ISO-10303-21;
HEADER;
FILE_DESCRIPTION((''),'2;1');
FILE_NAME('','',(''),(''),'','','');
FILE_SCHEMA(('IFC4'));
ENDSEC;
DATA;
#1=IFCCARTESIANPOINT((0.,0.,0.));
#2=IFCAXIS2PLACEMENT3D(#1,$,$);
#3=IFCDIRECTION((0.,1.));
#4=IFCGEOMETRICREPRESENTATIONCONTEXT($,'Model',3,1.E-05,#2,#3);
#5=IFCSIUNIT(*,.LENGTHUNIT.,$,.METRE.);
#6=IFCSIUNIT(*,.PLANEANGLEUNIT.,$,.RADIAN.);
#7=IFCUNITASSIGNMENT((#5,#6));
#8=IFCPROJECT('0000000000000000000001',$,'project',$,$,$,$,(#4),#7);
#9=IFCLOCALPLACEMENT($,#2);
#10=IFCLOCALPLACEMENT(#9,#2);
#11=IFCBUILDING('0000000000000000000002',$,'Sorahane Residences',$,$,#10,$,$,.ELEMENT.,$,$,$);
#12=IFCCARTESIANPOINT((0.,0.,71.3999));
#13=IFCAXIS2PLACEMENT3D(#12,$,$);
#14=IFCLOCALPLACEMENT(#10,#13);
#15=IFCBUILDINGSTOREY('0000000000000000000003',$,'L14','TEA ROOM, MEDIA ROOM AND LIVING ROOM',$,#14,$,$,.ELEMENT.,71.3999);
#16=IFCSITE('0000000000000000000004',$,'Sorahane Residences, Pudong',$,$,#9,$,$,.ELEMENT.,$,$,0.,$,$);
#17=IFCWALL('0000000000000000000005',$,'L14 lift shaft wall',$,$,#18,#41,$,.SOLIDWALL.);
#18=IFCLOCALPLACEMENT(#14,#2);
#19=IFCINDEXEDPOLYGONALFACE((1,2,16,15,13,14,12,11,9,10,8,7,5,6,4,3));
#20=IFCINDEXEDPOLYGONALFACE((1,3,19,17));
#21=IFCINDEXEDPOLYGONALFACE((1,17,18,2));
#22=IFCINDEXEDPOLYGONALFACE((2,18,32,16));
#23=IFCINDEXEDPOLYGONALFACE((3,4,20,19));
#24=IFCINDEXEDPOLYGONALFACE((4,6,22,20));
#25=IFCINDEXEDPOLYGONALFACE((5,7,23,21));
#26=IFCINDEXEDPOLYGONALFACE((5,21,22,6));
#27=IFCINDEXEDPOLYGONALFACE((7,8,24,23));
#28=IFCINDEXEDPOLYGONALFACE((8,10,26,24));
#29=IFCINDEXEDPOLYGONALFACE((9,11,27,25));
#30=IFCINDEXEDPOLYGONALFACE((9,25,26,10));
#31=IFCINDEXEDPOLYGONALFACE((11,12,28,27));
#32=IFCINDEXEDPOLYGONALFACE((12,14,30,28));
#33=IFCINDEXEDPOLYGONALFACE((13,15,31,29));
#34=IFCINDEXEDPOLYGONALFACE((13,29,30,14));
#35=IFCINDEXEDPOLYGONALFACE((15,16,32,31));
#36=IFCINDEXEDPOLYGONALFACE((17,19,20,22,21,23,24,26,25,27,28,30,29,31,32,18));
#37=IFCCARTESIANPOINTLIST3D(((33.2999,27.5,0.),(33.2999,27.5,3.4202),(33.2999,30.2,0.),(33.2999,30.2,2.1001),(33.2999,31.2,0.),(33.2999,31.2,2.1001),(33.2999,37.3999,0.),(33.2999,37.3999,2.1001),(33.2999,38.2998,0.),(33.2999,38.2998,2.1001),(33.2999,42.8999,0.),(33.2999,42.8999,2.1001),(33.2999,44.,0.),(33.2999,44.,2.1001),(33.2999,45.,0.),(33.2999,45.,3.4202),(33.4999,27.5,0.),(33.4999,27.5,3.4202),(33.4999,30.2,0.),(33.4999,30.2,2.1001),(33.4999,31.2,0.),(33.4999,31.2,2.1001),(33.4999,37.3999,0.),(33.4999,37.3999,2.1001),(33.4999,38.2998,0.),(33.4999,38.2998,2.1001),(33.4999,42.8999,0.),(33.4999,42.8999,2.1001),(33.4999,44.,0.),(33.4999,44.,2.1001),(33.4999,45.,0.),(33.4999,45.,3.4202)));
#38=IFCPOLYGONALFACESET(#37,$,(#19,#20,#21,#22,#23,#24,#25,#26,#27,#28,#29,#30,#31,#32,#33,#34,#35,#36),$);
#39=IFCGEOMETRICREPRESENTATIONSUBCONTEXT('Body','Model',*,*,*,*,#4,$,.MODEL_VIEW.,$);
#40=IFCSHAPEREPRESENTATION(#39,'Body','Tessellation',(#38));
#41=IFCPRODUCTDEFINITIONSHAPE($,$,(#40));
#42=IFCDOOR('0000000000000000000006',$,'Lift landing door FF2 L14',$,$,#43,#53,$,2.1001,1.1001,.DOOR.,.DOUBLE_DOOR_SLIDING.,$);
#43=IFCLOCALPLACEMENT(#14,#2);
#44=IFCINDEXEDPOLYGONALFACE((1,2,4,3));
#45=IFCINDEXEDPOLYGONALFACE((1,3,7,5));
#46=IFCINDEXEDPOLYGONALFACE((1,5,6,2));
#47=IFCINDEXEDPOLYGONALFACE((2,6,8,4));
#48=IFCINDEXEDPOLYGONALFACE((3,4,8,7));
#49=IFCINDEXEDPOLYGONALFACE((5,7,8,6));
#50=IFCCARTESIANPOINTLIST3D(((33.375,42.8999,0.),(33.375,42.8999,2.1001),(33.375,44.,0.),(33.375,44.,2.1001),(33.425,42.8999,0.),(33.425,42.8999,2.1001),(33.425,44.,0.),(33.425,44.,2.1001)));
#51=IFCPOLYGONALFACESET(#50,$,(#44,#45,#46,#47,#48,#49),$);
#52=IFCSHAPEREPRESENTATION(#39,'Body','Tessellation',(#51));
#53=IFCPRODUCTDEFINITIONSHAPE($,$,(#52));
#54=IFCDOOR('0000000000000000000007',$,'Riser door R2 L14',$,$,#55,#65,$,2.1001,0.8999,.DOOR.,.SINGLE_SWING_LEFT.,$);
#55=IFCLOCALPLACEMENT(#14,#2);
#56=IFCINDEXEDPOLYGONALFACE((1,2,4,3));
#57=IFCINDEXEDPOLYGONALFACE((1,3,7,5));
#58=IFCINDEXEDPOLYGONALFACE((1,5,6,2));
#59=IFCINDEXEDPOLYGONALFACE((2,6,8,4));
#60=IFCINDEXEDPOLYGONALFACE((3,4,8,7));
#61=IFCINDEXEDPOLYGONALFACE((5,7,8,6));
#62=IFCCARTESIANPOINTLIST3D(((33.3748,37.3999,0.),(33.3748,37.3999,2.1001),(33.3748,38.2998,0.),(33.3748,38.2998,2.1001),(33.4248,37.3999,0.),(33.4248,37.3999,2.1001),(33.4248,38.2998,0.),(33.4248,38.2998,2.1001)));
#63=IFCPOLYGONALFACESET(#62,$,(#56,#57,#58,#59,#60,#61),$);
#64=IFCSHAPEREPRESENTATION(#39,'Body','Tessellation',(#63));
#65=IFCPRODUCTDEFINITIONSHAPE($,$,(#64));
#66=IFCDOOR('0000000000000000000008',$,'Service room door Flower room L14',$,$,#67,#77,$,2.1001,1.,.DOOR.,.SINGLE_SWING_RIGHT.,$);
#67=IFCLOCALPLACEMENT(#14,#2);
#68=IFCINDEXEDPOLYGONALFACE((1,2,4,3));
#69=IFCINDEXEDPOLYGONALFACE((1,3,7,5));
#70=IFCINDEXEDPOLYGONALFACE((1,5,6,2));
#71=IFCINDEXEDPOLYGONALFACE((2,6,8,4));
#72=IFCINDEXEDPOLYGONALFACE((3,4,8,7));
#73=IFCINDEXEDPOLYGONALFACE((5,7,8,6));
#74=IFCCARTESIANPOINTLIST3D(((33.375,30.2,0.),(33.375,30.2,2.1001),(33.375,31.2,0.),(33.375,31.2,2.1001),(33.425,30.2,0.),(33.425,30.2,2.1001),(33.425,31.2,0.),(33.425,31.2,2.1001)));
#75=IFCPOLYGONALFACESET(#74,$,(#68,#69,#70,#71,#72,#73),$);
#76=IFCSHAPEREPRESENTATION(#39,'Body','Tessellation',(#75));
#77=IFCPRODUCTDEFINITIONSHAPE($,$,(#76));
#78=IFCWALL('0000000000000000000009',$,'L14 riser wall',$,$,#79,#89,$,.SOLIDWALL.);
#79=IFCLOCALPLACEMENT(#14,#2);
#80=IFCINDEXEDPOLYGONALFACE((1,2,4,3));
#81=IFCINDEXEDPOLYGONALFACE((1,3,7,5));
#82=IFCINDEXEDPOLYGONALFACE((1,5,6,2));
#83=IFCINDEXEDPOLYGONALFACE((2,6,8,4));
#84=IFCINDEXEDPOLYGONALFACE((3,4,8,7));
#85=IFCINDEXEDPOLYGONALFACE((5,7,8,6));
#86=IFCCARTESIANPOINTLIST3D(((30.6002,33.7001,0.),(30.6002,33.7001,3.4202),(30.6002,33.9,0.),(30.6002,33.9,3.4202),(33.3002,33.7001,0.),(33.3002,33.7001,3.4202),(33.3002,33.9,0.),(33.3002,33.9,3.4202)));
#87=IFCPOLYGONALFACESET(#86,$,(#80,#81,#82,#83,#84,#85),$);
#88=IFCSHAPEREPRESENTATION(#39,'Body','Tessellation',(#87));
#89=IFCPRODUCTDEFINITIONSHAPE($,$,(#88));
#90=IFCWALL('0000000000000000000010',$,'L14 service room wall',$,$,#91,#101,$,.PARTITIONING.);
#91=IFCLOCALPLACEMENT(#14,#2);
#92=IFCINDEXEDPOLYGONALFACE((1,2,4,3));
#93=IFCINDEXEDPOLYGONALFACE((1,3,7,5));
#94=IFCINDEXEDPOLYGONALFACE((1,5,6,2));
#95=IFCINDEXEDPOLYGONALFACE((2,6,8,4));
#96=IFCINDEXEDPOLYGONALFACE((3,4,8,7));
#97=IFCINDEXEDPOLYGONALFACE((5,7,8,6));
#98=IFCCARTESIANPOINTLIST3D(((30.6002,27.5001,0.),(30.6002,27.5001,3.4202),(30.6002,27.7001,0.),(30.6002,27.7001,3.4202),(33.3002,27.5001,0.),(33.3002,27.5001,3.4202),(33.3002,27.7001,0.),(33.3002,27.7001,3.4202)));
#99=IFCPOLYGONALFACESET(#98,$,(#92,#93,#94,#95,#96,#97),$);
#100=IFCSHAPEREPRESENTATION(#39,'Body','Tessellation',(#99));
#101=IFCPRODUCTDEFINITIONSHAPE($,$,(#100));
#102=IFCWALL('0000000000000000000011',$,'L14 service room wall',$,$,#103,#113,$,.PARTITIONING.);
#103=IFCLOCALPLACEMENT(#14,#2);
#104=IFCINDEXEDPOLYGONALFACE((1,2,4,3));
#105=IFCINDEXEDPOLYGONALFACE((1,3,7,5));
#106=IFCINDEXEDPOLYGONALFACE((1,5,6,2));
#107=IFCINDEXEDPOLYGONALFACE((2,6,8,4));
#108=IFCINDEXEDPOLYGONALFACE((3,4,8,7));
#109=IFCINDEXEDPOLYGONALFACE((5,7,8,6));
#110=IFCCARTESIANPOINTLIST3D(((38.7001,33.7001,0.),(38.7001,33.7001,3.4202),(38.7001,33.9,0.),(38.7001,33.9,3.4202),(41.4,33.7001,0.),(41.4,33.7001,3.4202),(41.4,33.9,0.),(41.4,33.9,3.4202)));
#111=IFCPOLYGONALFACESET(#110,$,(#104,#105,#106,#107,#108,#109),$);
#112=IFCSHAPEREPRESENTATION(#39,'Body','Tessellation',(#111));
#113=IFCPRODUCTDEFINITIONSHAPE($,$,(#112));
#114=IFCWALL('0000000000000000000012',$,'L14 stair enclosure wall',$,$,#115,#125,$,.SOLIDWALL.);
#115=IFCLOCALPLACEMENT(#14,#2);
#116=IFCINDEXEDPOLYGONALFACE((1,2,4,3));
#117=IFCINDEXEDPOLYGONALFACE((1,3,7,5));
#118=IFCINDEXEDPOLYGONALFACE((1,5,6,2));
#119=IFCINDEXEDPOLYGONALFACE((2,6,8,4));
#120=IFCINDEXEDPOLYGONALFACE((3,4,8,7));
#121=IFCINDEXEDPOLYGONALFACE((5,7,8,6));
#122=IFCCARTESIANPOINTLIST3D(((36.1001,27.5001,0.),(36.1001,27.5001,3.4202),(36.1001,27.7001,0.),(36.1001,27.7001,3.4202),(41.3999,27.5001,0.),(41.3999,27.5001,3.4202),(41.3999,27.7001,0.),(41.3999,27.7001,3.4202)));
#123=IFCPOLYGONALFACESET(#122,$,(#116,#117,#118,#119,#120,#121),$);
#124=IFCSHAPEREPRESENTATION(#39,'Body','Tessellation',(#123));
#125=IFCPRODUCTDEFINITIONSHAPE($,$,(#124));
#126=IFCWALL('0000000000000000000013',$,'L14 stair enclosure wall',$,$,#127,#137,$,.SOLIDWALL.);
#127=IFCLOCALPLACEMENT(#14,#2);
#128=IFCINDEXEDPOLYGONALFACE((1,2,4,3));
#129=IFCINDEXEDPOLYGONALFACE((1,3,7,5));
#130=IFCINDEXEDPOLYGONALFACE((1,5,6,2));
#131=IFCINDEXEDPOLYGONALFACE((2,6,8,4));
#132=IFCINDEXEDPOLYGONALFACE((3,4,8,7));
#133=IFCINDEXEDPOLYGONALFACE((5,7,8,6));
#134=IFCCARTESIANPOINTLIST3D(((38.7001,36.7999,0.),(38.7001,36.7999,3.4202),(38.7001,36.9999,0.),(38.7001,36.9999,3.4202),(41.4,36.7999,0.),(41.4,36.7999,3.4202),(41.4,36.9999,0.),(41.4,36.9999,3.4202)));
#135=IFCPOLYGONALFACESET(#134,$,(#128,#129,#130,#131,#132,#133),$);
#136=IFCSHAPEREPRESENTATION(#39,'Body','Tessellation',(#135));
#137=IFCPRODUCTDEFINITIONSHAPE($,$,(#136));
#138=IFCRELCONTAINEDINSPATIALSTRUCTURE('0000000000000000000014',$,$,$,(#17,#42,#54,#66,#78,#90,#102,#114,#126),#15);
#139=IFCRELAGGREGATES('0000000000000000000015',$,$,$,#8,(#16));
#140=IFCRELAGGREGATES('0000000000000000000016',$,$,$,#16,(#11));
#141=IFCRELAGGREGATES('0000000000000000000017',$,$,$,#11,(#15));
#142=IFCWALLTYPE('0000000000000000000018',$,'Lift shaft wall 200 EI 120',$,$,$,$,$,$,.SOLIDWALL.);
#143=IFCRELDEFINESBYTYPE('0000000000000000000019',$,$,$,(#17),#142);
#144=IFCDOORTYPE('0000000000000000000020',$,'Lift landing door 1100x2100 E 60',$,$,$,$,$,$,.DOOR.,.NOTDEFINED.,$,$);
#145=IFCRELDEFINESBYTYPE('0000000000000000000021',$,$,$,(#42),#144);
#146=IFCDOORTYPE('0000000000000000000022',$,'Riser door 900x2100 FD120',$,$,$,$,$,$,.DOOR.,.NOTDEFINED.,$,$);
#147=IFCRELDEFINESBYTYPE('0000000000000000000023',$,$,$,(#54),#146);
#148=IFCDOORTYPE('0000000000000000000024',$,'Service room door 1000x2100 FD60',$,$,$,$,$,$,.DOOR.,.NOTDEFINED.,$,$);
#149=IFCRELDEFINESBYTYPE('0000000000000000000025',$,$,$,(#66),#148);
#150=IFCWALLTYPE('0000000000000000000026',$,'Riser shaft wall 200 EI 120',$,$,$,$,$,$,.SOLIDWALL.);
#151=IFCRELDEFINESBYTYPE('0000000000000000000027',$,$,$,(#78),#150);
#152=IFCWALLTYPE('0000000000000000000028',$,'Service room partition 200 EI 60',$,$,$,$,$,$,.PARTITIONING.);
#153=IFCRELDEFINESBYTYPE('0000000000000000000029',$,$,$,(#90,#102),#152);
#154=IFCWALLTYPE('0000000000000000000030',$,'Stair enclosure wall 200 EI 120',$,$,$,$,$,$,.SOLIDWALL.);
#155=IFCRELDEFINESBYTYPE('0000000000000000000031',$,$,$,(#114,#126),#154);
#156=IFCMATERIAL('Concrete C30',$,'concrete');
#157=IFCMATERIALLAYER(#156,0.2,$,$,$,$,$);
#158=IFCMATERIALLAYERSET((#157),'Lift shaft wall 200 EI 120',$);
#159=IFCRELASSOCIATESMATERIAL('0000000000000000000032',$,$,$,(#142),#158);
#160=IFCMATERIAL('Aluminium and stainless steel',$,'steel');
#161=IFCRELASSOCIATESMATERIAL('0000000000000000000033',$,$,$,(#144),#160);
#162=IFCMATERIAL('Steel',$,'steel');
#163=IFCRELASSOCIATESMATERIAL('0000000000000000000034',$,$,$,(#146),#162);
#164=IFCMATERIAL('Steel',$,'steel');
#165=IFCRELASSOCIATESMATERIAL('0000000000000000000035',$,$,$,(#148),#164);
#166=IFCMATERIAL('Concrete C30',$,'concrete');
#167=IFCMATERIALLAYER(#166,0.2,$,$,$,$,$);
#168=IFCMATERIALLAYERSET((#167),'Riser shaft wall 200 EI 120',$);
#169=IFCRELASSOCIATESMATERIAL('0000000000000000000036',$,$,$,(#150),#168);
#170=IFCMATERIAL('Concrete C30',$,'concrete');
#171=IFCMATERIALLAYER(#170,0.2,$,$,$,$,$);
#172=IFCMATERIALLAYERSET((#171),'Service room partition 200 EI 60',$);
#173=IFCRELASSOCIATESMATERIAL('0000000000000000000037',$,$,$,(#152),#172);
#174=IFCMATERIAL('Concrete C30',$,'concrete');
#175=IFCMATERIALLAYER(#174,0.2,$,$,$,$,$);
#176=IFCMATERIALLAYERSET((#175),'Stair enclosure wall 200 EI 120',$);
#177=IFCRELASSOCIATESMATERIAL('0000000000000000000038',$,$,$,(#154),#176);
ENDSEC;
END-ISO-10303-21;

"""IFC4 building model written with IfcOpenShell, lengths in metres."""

from ifc_helpers import new_model, si_unit, direction, frame, frame_2d, origin, place, context, subcontext, project, spatial, rectangle, extrude, material, layer, layer_set, type_object, element, fill, save


model = new_model("IFC4")

# Units and contexts
model_context = context("Model", 3, precision=1e-05, world=origin(), true_north=direction((0.0, 1.0)))
body_context = subcontext(model_context, "Body", "Model", "MODEL_VIEW")
ifc_project = project(units=[si_unit("LENGTHUNIT", "METRE"), si_unit("PLANEANGLEUNIT", "RADIAN")], contexts=[model_context])

# Site, building, storey
site_placement = place(None, origin())
site = spatial("IfcSite", under=ifc_project, at=site_placement, Name="Sorahane Residences, Pudong", CompositionType="ELEMENT", RefElevation=0.0)
building_placement = place(site_placement, origin())
building = spatial("IfcBuilding", under=site, at=building_placement, Name="Sorahane Residences", CompositionType="ELEMENT")
storey_placement = place(building_placement, frame((0.0, 0.0, 71.3999)))
storey = spatial("IfcBuildingStorey", under=building, at=storey_placement, Name="L14", Description="TEA ROOM, MEDIA ROOM AND LIVING ROOM", CompositionType="ELEMENT", Elevation=71.3999)

# Wall, openings, doors
ifc_material_1 = material(Name="Concrete C30", Category="concrete")
ifc_layer_1 = layer(ifc_material_1, 0.2)
ifc_layer_set_1 = layer_set([ifc_layer_1], Name="Lift shaft wall 200 EI 120")
wall_type_1 = type_object("IfcWallType", Name="Lift shaft wall 200 EI 120", PredefinedType="SOLIDWALL", material=ifc_layer_set_1)
wall_1_placement = place(storey_placement, frame((33.3999, 27.5, 0.0), z_axis=(0.0, 0.0, 1.0), x_axis=(0.0, 1.0, 0.0)))
wall_1 = element("IfcWall", 1, at=wall_1_placement, inside=storey, type_object=wall_type_1, Name="L14 lift shaft wall", PredefinedType="SOLIDWALL", context=body_context, shape_type="SweptSolid", body=[
    extrude(rectangle(XDim=17.5, YDim=0.2, at=frame_2d((8.75, 0.0))), origin(), (0.0, 0.0, 1.0), 3.4202),
])
opening_1_placement = place(wall_1_placement, frame((15.3999, 0.0, 0.0)))
opening_1 = element("IfcOpeningElement", 2, at=opening_1_placement, cuts=wall_1, PredefinedType="OPENING", context=body_context, shape_type="SweptSolid", body=[
    extrude(rectangle(XDim=1.1001, YDim=2.1001, at=frame_2d((0.55, 1.05))), frame((0.0, 0.1099, 0.0), z_axis=(0.0, -1.0, 0.0), x_axis=(1.0, 0.0, 0.0)), (0.0, 0.0, 1.0), 0.22),
])
opening_2_placement = place(wall_1_placement, frame((2.7, 0.0, 0.0)))
opening_2 = element("IfcOpeningElement", 3, at=opening_2_placement, cuts=wall_1, PredefinedType="OPENING", context=body_context, shape_type="SweptSolid", body=[
    extrude(rectangle(XDim=1.0, YDim=2.1001, at=frame_2d((0.5, 1.05))), frame((0.0, 0.1099, 0.0), z_axis=(0.0, -1.0, 0.0), x_axis=(1.0, 0.0, 0.0)), (0.0, 0.0, 1.0), 0.22),
])
opening_3_placement = place(wall_1_placement, frame((9.8999, 0.0, 0.0)))
opening_3 = element("IfcOpeningElement", 4, at=opening_3_placement, cuts=wall_1, PredefinedType="OPENING", context=body_context, shape_type="SweptSolid", body=[
    extrude(rectangle(XDim=0.8999, YDim=2.1001, at=frame_2d((0.45, 1.05))), frame((0.0, 0.1099, 0.0), z_axis=(0.0, -1.0, 0.0), x_axis=(1.0, 0.0, 0.0)), (0.0, 0.0, 1.0), 0.22),
])
ifc_material_2 = material(Name="Aluminium and stainless steel", Category="steel")
door_type_1 = type_object("IfcDoorType", Name="Lift landing door 1100x2100 E 60", OperationType="NOTDEFINED", PredefinedType="DOOR", material=ifc_material_2)
door_1_placement = place(opening_1_placement, origin())
door_1 = element("IfcDoor", 5, at=door_1_placement, inside=storey, type_object=door_type_1, Name="Lift landing door FF2 L14", OperationType="DOUBLE_DOOR_SLIDING", OverallHeight=2.1001, OverallWidth=1.1001, PredefinedType="DOOR", context=body_context, shape_type="SweptSolid", body=[
    extrude(rectangle(XDim=1.1001, YDim=2.1001, at=frame_2d((0.55, 1.05))), frame((0.0, 0.0249, 0.0), z_axis=(0.0, -1.0, 0.0), x_axis=(1.0, 0.0, 0.0)), (0.0, 0.0, 1.0), 0.05),
])
fill(opening_1, door_1)
ifc_material_3 = material(Name="Steel", Category="steel")
door_type_2 = type_object("IfcDoorType", Name="Riser door 900x2100 FD120", OperationType="NOTDEFINED", PredefinedType="DOOR", material=ifc_material_3)
door_2_placement = place(opening_3_placement, frame((0.8999, 0.0, 0.0), z_axis=(0.0, 0.0, 1.0), x_axis=(-1.0, 0.0, 0.0)))
door_2 = element("IfcDoor", 6, at=door_2_placement, inside=storey, type_object=door_type_2, Name="Riser door R2 L14", OperationType="SINGLE_SWING_LEFT", OverallHeight=2.1001, OverallWidth=0.8999, PredefinedType="DOOR", context=body_context, shape_type="SweptSolid", body=[
    extrude(rectangle(XDim=0.8999, YDim=2.1001, at=frame_2d((0.45, 1.05))), frame((0.0, 0.0249, 0.0), z_axis=(0.0, -1.0, 0.0), x_axis=(1.0, 0.0, 0.0)), (0.0, 0.0, 1.0), 0.05),
])
fill(opening_3, door_2)
ifc_material_4 = material(Name="Steel", Category="steel")
door_type_3 = type_object("IfcDoorType", Name="Service room door 1000x2100 FD60", OperationType="NOTDEFINED", PredefinedType="DOOR", material=ifc_material_4)
door_3_placement = place(opening_2_placement, origin())
door_3 = element("IfcDoor", 7, at=door_3_placement, inside=storey, type_object=door_type_3, Name="Service room door Flower room L14", OperationType="SINGLE_SWING_RIGHT", OverallHeight=2.1001, OverallWidth=1.0, PredefinedType="DOOR", context=body_context, shape_type="SweptSolid", body=[
    extrude(rectangle(XDim=1.0, YDim=2.1001, at=frame_2d((0.5, 1.05))), frame((0.0, 0.0249, 0.0), z_axis=(0.0, -1.0, 0.0), x_axis=(1.0, 0.0, 0.0)), (0.0, 0.0, 1.0), 0.05),
])
fill(opening_2, door_3)

# Walls
ifc_material_5 = material(Name="Concrete C30", Category="concrete")
ifc_layer_2 = layer(ifc_material_5, 0.2)
ifc_layer_set_2 = layer_set([ifc_layer_2], Name="Riser shaft wall 200 EI 120")
wall_type_2 = type_object("IfcWallType", Name="Riser shaft wall 200 EI 120", PredefinedType="SOLIDWALL", material=ifc_layer_set_2)
wall_2_placement = place(storey_placement, frame((30.6001, 33.8, 0.0), z_axis=(0.0, 0.0, 1.0), x_axis=(1.0, 0.0, 0.0)))
element("IfcWall", 8, at=wall_2_placement, inside=storey, type_object=wall_type_2, Name="L14 riser wall", PredefinedType="SOLIDWALL", context=body_context, shape_type="SweptSolid", body=[
    extrude(rectangle(XDim=2.7, YDim=0.2, at=frame_2d((1.3501, 0.0))), origin(), (0.0, 0.0, 1.0), 3.4202),
])
ifc_material_6 = material(Name="Concrete C30", Category="concrete")
ifc_layer_3 = layer(ifc_material_6, 0.2)
ifc_layer_set_3 = layer_set([ifc_layer_3], Name="Service room partition 200 EI 60")
wall_type_3 = type_object("IfcWallType", Name="Service room partition 200 EI 60", PredefinedType="PARTITIONING", material=ifc_layer_set_3)
for number, where, z_axis, x_axis, name in (
    (9, (30.6001, 27.6001, 0.0), (0.0, 0.0, 1.0), (1.0, 0.0, 0.0), "L14 service room wall"),
    (10, (38.7, 33.8, 0.0), (0.0, 0.0, 1.0), (1.0, 0.0, 0.0), "L14 service room wall"),
):
    element("IfcWall", number, at=place(storey_placement, frame(where, z_axis=z_axis, x_axis=x_axis)), inside=storey, type_object=wall_type_3, Name=name, PredefinedType="PARTITIONING", context=body_context, shape_type="SweptSolid", body=[
        extrude(rectangle(XDim=2.7, YDim=0.2, at=frame_2d((1.3501, 0.0))), origin(), (0.0, 0.0, 1.0), 3.4202),
    ])
ifc_material_7 = material(Name="Concrete C30", Category="concrete")
ifc_layer_4 = layer(ifc_material_7, 0.2)
ifc_layer_set_4 = layer_set([ifc_layer_4], Name="Stair enclosure wall 200 EI 120")
wall_type_4 = type_object("IfcWallType", Name="Stair enclosure wall 200 EI 120", PredefinedType="SOLIDWALL", material=ifc_layer_set_4)
wall_3_placement = place(storey_placement, frame((36.1001, 27.6001, 0.0), z_axis=(0.0, 0.0, 1.0), x_axis=(1.0, 0.0, 0.0)))
element("IfcWall", 11, at=wall_3_placement, inside=storey, type_object=wall_type_4, Name="L14 stair enclosure wall", PredefinedType="SOLIDWALL", context=body_context, shape_type="SweptSolid", body=[
    extrude(rectangle(XDim=5.2998, YDim=0.2, at=frame_2d((2.6499, 0.0))), origin(), (0.0, 0.0, 1.0), 3.4202),
])
wall_4_placement = place(storey_placement, frame((38.7, 36.8999, 0.0), z_axis=(0.0, 0.0, 1.0), x_axis=(1.0, 0.0, 0.0)))
element("IfcWall", 12, at=wall_4_placement, inside=storey, type_object=wall_type_4, Name="L14 stair enclosure wall", PredefinedType="SOLIDWALL", context=body_context, shape_type="SweptSolid", body=[
    extrude(rectangle(XDim=2.7, YDim=0.2, at=frame_2d((1.3501, 0.0))), origin(), (0.0, 0.0, 1.0), 3.4202),
])

save(model, "model.ifc")
